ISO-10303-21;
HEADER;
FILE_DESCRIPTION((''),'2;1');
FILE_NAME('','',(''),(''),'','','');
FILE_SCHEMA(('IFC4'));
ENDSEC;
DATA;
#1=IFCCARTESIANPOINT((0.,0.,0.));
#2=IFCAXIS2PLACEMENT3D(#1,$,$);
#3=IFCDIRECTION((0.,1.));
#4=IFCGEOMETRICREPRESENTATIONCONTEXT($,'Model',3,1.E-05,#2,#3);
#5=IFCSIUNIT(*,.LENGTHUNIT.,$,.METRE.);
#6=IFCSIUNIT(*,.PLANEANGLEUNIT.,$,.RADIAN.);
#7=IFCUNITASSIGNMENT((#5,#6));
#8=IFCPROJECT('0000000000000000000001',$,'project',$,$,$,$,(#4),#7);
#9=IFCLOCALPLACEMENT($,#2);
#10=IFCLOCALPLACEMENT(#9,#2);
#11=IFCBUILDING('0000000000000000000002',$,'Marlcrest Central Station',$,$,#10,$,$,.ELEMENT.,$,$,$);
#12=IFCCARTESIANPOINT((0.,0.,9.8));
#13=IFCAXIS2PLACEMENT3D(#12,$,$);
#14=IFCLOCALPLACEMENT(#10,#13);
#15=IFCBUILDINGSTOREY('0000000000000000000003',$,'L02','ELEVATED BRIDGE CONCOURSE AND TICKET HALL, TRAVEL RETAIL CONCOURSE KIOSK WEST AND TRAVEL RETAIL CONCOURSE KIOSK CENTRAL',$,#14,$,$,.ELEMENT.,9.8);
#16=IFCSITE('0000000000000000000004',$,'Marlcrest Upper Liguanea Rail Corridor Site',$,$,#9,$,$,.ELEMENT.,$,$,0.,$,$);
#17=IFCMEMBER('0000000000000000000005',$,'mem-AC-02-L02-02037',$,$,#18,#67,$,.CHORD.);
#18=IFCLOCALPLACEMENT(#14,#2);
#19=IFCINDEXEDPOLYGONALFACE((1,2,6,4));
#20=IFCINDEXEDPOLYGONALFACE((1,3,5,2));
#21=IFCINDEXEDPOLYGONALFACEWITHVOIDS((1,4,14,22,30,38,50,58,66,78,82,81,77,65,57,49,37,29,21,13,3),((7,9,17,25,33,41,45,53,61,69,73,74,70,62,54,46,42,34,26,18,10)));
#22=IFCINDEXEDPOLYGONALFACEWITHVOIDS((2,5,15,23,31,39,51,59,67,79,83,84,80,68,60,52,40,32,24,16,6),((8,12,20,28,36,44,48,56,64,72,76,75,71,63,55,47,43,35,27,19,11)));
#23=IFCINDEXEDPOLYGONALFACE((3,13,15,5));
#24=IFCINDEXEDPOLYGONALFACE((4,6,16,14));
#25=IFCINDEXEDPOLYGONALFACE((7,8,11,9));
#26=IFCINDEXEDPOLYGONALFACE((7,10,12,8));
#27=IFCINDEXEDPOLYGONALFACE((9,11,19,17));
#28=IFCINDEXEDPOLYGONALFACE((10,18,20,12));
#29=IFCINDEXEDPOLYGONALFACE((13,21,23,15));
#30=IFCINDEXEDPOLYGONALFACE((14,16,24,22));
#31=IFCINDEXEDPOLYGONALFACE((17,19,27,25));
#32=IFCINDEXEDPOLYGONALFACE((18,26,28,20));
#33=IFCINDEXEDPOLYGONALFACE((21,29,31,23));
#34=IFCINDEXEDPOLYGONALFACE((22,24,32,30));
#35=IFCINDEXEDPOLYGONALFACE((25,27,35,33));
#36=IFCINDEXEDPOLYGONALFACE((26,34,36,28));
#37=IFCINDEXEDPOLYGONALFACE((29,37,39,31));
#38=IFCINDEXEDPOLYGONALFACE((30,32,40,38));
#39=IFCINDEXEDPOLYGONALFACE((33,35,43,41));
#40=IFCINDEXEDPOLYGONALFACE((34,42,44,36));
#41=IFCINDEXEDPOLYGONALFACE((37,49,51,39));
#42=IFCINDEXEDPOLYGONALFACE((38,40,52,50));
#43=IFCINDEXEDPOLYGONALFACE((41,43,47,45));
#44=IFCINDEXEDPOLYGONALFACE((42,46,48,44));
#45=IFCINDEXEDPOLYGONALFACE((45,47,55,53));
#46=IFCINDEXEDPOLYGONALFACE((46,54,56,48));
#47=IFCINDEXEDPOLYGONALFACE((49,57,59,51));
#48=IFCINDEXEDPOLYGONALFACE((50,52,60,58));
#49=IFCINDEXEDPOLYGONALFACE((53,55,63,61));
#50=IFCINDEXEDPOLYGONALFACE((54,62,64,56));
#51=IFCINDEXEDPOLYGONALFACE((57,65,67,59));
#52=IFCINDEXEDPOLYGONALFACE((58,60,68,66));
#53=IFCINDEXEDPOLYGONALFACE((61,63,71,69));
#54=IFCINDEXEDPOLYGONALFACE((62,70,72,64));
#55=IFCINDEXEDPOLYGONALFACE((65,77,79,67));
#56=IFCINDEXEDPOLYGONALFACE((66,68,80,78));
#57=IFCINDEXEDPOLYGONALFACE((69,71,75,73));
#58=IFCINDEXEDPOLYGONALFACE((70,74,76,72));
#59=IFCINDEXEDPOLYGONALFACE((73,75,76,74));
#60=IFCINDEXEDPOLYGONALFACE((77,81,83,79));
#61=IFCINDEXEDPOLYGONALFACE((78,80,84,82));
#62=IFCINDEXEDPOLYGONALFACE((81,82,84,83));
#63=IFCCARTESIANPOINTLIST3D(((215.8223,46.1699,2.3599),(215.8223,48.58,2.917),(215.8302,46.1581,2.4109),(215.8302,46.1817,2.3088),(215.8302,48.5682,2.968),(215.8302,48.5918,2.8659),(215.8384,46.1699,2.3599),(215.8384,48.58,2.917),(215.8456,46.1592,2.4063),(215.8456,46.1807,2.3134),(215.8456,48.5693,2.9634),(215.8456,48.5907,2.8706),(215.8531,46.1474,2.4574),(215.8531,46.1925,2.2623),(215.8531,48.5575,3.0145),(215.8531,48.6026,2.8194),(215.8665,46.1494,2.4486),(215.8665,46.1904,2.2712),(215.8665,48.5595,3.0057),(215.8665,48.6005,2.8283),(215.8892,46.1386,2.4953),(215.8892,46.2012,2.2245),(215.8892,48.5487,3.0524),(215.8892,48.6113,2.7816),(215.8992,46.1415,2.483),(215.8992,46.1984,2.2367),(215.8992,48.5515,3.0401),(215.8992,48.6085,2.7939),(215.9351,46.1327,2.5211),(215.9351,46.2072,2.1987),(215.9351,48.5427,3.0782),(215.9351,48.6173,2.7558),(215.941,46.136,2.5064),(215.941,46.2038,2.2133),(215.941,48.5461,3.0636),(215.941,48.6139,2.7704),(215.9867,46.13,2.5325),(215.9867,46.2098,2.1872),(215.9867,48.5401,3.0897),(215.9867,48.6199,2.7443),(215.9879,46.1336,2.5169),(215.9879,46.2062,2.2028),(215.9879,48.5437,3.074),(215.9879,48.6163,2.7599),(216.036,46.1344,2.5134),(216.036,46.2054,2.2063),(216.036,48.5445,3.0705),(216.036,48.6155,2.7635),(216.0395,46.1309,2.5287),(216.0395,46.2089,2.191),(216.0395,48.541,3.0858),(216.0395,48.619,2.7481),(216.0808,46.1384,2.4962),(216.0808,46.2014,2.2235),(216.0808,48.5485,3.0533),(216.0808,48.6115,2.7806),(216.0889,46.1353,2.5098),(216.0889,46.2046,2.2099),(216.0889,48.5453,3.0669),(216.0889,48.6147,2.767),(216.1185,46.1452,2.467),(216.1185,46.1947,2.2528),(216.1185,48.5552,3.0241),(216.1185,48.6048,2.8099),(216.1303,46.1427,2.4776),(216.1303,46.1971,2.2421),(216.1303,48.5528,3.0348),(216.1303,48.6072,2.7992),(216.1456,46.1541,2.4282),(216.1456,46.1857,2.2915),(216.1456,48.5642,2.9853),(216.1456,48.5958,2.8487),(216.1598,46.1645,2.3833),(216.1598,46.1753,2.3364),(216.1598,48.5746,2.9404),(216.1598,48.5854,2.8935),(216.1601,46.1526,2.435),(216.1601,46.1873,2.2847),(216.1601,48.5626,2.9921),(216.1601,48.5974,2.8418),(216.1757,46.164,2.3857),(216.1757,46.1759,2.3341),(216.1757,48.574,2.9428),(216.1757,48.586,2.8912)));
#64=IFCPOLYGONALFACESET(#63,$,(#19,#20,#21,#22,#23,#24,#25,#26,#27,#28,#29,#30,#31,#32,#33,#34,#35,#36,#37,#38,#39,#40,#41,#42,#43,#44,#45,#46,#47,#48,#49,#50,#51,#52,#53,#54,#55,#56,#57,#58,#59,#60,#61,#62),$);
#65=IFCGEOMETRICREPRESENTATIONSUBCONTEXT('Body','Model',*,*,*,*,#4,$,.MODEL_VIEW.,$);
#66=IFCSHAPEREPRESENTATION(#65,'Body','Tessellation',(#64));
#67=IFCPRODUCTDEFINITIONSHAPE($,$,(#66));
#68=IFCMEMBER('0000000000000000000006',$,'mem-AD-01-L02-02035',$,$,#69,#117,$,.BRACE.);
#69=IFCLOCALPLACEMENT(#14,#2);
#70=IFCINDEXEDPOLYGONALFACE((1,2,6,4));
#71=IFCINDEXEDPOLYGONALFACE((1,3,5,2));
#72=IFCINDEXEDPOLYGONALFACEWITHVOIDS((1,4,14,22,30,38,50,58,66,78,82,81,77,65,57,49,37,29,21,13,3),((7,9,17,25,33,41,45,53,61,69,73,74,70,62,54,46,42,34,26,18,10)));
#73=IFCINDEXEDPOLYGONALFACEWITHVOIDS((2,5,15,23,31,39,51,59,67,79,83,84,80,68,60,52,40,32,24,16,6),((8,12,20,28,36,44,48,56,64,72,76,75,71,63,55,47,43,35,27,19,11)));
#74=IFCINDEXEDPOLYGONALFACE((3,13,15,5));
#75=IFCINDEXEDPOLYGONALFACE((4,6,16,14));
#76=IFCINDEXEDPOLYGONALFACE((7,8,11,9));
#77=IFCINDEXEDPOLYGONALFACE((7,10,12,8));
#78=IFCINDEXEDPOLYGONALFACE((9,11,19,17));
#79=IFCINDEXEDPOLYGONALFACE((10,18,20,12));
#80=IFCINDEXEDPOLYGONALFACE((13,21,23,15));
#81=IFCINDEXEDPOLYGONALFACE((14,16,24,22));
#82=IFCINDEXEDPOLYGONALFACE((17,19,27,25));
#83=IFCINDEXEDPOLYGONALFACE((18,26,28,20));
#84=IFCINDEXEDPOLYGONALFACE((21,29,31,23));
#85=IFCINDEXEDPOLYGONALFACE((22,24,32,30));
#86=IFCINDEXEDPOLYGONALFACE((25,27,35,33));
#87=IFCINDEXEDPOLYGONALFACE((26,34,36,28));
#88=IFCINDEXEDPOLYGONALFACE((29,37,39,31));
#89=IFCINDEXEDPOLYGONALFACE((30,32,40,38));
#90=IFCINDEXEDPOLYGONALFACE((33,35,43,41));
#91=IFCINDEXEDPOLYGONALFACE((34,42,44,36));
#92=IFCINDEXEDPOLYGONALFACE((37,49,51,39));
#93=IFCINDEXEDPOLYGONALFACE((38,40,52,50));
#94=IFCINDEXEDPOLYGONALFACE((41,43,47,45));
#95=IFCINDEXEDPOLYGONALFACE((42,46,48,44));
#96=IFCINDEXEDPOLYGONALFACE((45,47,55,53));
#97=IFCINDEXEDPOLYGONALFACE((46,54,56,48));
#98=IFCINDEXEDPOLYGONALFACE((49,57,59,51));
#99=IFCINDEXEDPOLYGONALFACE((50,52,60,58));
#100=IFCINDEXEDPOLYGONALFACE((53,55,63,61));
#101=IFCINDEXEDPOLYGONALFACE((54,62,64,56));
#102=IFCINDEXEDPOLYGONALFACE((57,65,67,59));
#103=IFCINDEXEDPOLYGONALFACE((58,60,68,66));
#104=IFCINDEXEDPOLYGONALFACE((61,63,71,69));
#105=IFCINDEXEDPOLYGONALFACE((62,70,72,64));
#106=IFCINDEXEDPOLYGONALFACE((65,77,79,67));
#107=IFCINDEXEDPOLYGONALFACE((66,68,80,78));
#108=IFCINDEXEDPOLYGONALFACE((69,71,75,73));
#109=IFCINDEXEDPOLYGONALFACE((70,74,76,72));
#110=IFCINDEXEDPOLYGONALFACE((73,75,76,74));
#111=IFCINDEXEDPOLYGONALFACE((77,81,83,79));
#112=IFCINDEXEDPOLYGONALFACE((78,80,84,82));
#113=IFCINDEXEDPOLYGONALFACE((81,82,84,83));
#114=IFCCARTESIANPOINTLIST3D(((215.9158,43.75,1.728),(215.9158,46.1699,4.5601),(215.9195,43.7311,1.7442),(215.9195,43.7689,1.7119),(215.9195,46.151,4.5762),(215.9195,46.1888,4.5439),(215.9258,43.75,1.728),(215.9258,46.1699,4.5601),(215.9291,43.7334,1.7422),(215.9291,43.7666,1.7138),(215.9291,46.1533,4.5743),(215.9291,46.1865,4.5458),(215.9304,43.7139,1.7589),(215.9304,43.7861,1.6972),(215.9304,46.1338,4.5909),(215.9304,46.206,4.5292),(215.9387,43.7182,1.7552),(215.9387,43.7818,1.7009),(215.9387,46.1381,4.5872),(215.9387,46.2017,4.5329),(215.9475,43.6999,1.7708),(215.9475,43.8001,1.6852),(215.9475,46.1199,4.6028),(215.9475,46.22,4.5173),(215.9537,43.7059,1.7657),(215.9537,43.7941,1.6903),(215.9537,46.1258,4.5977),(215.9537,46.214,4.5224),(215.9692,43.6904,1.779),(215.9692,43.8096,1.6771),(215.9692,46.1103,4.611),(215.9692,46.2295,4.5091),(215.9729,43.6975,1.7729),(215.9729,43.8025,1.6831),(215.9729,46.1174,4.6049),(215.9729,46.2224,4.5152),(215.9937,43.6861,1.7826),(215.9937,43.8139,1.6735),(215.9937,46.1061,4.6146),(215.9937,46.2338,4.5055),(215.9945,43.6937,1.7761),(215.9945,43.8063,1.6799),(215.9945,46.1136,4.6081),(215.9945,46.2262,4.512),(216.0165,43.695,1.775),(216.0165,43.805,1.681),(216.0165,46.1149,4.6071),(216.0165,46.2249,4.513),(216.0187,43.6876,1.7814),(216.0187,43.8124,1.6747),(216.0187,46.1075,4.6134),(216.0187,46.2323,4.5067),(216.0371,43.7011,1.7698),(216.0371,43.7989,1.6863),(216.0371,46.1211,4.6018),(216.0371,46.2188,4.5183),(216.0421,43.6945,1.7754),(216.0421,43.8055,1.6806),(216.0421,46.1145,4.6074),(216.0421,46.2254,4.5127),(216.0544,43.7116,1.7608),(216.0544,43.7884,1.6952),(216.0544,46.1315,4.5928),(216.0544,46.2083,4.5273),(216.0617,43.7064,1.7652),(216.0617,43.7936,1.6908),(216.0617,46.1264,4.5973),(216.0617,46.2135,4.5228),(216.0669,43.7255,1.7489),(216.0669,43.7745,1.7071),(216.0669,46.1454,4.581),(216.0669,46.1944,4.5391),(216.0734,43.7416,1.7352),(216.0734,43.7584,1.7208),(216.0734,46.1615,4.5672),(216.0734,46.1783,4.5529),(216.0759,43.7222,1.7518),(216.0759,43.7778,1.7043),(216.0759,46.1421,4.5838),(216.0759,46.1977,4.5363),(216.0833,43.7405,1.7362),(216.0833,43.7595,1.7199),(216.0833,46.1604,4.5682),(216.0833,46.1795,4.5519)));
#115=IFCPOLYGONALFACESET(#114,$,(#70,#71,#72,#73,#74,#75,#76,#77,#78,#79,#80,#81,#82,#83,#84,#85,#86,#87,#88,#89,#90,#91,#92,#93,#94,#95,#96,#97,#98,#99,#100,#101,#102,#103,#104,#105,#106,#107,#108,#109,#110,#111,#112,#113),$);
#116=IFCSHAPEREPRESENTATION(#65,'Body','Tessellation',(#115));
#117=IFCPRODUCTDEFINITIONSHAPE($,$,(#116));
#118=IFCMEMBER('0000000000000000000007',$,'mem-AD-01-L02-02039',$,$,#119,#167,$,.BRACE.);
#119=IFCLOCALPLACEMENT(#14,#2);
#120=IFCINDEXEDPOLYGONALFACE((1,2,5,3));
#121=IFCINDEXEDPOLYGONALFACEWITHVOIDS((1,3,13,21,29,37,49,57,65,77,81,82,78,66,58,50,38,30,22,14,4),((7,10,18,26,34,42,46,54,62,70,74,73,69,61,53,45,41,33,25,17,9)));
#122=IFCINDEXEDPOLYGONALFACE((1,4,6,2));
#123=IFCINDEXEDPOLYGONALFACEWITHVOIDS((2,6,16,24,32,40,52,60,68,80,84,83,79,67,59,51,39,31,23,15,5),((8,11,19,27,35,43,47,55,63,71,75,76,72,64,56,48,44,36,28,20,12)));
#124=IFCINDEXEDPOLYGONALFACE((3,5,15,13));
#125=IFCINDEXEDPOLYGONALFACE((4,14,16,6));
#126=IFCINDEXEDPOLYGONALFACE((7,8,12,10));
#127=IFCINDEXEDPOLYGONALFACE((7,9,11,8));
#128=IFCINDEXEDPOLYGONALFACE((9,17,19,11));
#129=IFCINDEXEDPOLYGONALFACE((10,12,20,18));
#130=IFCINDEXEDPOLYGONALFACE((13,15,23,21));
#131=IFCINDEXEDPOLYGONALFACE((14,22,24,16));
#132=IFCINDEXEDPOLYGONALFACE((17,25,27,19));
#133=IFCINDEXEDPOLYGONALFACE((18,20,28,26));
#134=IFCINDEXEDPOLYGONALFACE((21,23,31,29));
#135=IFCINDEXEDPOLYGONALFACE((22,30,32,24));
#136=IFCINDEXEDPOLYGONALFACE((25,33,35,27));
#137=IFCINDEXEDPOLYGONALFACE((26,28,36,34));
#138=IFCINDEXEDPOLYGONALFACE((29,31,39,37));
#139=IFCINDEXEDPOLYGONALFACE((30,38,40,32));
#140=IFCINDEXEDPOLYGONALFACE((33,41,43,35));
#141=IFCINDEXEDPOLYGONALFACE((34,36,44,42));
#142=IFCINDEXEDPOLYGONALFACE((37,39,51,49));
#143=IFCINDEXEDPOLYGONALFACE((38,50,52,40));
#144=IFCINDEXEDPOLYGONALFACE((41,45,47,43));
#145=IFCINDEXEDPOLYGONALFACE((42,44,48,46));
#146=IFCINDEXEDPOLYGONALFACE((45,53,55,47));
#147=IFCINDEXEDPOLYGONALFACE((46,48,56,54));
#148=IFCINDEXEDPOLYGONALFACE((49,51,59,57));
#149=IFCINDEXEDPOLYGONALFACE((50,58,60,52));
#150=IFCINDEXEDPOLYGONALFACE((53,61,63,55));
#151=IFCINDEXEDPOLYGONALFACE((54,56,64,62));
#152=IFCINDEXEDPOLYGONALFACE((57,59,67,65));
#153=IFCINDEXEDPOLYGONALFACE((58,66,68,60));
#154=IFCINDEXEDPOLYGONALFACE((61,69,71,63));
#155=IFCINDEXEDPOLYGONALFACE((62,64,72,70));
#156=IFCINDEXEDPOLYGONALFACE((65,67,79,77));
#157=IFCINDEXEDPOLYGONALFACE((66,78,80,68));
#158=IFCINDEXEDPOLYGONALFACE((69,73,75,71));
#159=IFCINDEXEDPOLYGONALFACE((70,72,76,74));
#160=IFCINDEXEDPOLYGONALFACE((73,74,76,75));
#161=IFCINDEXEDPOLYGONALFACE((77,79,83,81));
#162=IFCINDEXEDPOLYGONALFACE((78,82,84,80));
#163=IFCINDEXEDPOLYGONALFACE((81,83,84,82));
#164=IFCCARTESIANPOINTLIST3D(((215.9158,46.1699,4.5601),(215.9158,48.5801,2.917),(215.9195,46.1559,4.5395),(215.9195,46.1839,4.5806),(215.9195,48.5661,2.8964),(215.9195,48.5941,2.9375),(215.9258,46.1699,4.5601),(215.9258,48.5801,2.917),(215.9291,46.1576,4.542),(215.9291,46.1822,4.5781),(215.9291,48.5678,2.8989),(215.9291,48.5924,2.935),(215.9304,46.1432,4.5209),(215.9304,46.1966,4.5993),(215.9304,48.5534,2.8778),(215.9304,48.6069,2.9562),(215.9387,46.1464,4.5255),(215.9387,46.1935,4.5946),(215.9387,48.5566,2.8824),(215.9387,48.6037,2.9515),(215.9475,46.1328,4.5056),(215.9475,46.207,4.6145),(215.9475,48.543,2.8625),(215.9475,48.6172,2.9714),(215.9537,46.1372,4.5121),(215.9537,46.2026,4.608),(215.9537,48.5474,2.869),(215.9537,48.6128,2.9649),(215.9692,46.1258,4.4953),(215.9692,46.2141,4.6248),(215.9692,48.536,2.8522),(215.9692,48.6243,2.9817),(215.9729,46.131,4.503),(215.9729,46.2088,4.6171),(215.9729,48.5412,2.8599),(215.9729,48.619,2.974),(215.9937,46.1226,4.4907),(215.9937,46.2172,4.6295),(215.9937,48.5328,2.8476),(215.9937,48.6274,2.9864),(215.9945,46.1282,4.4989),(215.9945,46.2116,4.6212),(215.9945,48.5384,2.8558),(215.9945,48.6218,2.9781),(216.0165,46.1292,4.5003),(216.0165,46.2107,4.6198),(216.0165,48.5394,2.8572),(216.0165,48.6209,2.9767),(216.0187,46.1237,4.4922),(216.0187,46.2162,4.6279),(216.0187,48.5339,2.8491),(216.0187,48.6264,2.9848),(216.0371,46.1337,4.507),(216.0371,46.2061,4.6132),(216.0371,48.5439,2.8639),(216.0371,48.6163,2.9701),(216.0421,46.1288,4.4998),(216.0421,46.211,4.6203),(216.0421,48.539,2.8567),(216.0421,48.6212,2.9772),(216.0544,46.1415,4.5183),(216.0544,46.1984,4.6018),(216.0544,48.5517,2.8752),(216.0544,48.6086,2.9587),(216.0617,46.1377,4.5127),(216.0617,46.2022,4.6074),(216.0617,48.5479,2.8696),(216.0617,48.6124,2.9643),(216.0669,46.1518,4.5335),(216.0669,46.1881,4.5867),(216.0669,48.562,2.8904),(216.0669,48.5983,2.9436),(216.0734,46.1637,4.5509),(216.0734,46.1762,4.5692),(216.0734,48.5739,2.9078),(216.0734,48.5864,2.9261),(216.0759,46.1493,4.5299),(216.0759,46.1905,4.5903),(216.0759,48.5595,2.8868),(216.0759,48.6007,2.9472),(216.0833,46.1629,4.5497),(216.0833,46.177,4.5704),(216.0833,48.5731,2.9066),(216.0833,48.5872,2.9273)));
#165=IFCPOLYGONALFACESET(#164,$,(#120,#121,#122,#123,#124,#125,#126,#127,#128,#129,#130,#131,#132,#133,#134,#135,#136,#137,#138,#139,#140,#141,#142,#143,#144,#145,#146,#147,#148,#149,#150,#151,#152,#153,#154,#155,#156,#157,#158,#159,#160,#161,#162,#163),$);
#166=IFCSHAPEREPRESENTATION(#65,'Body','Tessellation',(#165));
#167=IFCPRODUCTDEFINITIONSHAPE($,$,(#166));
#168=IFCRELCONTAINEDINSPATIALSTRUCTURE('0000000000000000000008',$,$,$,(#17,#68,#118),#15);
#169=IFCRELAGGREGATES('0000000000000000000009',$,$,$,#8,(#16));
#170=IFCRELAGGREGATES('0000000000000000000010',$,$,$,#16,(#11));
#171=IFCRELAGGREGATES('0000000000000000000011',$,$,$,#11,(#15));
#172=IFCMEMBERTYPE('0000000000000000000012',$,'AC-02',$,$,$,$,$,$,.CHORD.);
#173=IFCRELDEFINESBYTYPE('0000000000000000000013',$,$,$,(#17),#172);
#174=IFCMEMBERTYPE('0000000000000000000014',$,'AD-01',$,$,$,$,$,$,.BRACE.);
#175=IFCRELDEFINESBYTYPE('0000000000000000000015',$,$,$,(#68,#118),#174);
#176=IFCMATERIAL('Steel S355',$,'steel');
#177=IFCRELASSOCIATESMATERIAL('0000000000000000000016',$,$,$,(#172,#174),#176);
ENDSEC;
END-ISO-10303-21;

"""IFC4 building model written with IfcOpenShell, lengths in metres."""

from ifc_helpers import new_model, si_unit, direction, frame, origin, origin_2d, place, context, subcontext, project, spatial, hollow_circle, extrude, material, material_profile, profile_set, type_object, element, save


model = new_model("IFC4")

# Units and contexts
model_context = context("Model", 3, precision=1e-05, world=origin(), true_north=direction((0.0, 1.0)))
body_context = subcontext(model_context, "Body", "Model", "MODEL_VIEW")
ifc_project = project(units=[si_unit("LENGTHUNIT", "METRE"), si_unit("PLANEANGLEUNIT", "RADIAN")], contexts=[model_context])

# Site, building, storey
site_placement = place(None, origin())
site = spatial("IfcSite", under=ifc_project, at=site_placement, Name="Marlcrest Upper Liguanea Rail Corridor Site", CompositionType="ELEMENT", RefElevation=0.0)
building_placement = place(site_placement, origin())
building = spatial("IfcBuilding", under=site, at=building_placement, Name="Marlcrest Central Station", CompositionType="ELEMENT")
storey_placement = place(building_placement, frame((0.0, 0.0, 9.8)))
storey = spatial("IfcBuildingStorey", under=building, at=storey_placement, Name="L02", Description="ELEVATED BRIDGE CONCOURSE AND TICKET HALL, TRAVEL RETAIL CONCOURSE KIOSK WEST AND TRAVEL RETAIL CONCOURSE KIOSK CENTRAL", CompositionType="ELEMENT", Elevation=9.8)

# Members
ifc_material = material(Name="Steel S355", Category="steel")
ifc_material_profile_1 = material_profile(ifc_material, hollow_circle(Radius=0.1777, WallThickness=0.0161, at=origin_2d()), Name="CHS 355.6x16")
ifc_profile_set_1 = profile_set([ifc_material_profile_1], Name="Steel S355")
member_type_1 = type_object("IfcMemberType", Name="AC-02", PredefinedType="CHORD", material=ifc_profile_set_1)
member_1_placement = place(storey_placement, frame((216.0, 46.1699, 2.3599), z_axis=(0.0, 0.974308, 0.22522), x_axis=(-1.0, 0.0, 0.0)))
element("IfcMember", 1, at=member_1_placement, inside=storey, type_object=member_type_1, Name="mem-AC-02-L02-02037", PredefinedType="CHORD", context=body_context, shape_type="SweptSolid", body=[
    extrude(hollow_circle(Radius=0.1777, WallThickness=0.0161, at=origin_2d()), origin(), (0.0, 0.0, 1.0), 2.4736),
])
ifc_material_profile_2 = material_profile(ifc_material, hollow_circle(Radius=0.0842, WallThickness=0.01, at=origin_2d()), Name="CHS 168.3x10")
ifc_profile_set_2 = profile_set([ifc_material_profile_2], Name="Steel S355")
member_type_2 = type_object("IfcMemberType", Name="AD-01", PredefinedType="BRACE", material=ifc_profile_set_2)
member_2_placement = place(storey_placement, frame((216.0, 43.75, 1.728), z_axis=(0.0, 0.649625, 0.760255), x_axis=(-1.0, 0.0, 0.0)))
element("IfcMember", 2, at=member_2_placement, inside=storey, type_object=member_type_2, Name="mem-AD-01-L02-02035", PredefinedType="BRACE", context=body_context, shape_type="SweptSolid", body=[
    extrude(hollow_circle(Radius=0.0842, WallThickness=0.01, at=origin_2d()), origin(), (0.0, 0.0, 1.0), 3.7251),
])
member_3_placement = place(storey_placement, frame((216.0, 46.1699, 4.5601), z_axis=(0.0, 0.826263, -0.563285), x_axis=(-1.0, 0.0, 0.0)))
element("IfcMember", 3, at=member_3_placement, inside=storey, type_object=member_type_2, Name="mem-AD-01-L02-02039", PredefinedType="BRACE", context=body_context, shape_type="SweptSolid", body=[
    extrude(hollow_circle(Radius=0.0842, WallThickness=0.01, at=origin_2d()), origin(), (0.0, 0.0, 1.0), 2.917),
])

save(model, "model.ifc")
